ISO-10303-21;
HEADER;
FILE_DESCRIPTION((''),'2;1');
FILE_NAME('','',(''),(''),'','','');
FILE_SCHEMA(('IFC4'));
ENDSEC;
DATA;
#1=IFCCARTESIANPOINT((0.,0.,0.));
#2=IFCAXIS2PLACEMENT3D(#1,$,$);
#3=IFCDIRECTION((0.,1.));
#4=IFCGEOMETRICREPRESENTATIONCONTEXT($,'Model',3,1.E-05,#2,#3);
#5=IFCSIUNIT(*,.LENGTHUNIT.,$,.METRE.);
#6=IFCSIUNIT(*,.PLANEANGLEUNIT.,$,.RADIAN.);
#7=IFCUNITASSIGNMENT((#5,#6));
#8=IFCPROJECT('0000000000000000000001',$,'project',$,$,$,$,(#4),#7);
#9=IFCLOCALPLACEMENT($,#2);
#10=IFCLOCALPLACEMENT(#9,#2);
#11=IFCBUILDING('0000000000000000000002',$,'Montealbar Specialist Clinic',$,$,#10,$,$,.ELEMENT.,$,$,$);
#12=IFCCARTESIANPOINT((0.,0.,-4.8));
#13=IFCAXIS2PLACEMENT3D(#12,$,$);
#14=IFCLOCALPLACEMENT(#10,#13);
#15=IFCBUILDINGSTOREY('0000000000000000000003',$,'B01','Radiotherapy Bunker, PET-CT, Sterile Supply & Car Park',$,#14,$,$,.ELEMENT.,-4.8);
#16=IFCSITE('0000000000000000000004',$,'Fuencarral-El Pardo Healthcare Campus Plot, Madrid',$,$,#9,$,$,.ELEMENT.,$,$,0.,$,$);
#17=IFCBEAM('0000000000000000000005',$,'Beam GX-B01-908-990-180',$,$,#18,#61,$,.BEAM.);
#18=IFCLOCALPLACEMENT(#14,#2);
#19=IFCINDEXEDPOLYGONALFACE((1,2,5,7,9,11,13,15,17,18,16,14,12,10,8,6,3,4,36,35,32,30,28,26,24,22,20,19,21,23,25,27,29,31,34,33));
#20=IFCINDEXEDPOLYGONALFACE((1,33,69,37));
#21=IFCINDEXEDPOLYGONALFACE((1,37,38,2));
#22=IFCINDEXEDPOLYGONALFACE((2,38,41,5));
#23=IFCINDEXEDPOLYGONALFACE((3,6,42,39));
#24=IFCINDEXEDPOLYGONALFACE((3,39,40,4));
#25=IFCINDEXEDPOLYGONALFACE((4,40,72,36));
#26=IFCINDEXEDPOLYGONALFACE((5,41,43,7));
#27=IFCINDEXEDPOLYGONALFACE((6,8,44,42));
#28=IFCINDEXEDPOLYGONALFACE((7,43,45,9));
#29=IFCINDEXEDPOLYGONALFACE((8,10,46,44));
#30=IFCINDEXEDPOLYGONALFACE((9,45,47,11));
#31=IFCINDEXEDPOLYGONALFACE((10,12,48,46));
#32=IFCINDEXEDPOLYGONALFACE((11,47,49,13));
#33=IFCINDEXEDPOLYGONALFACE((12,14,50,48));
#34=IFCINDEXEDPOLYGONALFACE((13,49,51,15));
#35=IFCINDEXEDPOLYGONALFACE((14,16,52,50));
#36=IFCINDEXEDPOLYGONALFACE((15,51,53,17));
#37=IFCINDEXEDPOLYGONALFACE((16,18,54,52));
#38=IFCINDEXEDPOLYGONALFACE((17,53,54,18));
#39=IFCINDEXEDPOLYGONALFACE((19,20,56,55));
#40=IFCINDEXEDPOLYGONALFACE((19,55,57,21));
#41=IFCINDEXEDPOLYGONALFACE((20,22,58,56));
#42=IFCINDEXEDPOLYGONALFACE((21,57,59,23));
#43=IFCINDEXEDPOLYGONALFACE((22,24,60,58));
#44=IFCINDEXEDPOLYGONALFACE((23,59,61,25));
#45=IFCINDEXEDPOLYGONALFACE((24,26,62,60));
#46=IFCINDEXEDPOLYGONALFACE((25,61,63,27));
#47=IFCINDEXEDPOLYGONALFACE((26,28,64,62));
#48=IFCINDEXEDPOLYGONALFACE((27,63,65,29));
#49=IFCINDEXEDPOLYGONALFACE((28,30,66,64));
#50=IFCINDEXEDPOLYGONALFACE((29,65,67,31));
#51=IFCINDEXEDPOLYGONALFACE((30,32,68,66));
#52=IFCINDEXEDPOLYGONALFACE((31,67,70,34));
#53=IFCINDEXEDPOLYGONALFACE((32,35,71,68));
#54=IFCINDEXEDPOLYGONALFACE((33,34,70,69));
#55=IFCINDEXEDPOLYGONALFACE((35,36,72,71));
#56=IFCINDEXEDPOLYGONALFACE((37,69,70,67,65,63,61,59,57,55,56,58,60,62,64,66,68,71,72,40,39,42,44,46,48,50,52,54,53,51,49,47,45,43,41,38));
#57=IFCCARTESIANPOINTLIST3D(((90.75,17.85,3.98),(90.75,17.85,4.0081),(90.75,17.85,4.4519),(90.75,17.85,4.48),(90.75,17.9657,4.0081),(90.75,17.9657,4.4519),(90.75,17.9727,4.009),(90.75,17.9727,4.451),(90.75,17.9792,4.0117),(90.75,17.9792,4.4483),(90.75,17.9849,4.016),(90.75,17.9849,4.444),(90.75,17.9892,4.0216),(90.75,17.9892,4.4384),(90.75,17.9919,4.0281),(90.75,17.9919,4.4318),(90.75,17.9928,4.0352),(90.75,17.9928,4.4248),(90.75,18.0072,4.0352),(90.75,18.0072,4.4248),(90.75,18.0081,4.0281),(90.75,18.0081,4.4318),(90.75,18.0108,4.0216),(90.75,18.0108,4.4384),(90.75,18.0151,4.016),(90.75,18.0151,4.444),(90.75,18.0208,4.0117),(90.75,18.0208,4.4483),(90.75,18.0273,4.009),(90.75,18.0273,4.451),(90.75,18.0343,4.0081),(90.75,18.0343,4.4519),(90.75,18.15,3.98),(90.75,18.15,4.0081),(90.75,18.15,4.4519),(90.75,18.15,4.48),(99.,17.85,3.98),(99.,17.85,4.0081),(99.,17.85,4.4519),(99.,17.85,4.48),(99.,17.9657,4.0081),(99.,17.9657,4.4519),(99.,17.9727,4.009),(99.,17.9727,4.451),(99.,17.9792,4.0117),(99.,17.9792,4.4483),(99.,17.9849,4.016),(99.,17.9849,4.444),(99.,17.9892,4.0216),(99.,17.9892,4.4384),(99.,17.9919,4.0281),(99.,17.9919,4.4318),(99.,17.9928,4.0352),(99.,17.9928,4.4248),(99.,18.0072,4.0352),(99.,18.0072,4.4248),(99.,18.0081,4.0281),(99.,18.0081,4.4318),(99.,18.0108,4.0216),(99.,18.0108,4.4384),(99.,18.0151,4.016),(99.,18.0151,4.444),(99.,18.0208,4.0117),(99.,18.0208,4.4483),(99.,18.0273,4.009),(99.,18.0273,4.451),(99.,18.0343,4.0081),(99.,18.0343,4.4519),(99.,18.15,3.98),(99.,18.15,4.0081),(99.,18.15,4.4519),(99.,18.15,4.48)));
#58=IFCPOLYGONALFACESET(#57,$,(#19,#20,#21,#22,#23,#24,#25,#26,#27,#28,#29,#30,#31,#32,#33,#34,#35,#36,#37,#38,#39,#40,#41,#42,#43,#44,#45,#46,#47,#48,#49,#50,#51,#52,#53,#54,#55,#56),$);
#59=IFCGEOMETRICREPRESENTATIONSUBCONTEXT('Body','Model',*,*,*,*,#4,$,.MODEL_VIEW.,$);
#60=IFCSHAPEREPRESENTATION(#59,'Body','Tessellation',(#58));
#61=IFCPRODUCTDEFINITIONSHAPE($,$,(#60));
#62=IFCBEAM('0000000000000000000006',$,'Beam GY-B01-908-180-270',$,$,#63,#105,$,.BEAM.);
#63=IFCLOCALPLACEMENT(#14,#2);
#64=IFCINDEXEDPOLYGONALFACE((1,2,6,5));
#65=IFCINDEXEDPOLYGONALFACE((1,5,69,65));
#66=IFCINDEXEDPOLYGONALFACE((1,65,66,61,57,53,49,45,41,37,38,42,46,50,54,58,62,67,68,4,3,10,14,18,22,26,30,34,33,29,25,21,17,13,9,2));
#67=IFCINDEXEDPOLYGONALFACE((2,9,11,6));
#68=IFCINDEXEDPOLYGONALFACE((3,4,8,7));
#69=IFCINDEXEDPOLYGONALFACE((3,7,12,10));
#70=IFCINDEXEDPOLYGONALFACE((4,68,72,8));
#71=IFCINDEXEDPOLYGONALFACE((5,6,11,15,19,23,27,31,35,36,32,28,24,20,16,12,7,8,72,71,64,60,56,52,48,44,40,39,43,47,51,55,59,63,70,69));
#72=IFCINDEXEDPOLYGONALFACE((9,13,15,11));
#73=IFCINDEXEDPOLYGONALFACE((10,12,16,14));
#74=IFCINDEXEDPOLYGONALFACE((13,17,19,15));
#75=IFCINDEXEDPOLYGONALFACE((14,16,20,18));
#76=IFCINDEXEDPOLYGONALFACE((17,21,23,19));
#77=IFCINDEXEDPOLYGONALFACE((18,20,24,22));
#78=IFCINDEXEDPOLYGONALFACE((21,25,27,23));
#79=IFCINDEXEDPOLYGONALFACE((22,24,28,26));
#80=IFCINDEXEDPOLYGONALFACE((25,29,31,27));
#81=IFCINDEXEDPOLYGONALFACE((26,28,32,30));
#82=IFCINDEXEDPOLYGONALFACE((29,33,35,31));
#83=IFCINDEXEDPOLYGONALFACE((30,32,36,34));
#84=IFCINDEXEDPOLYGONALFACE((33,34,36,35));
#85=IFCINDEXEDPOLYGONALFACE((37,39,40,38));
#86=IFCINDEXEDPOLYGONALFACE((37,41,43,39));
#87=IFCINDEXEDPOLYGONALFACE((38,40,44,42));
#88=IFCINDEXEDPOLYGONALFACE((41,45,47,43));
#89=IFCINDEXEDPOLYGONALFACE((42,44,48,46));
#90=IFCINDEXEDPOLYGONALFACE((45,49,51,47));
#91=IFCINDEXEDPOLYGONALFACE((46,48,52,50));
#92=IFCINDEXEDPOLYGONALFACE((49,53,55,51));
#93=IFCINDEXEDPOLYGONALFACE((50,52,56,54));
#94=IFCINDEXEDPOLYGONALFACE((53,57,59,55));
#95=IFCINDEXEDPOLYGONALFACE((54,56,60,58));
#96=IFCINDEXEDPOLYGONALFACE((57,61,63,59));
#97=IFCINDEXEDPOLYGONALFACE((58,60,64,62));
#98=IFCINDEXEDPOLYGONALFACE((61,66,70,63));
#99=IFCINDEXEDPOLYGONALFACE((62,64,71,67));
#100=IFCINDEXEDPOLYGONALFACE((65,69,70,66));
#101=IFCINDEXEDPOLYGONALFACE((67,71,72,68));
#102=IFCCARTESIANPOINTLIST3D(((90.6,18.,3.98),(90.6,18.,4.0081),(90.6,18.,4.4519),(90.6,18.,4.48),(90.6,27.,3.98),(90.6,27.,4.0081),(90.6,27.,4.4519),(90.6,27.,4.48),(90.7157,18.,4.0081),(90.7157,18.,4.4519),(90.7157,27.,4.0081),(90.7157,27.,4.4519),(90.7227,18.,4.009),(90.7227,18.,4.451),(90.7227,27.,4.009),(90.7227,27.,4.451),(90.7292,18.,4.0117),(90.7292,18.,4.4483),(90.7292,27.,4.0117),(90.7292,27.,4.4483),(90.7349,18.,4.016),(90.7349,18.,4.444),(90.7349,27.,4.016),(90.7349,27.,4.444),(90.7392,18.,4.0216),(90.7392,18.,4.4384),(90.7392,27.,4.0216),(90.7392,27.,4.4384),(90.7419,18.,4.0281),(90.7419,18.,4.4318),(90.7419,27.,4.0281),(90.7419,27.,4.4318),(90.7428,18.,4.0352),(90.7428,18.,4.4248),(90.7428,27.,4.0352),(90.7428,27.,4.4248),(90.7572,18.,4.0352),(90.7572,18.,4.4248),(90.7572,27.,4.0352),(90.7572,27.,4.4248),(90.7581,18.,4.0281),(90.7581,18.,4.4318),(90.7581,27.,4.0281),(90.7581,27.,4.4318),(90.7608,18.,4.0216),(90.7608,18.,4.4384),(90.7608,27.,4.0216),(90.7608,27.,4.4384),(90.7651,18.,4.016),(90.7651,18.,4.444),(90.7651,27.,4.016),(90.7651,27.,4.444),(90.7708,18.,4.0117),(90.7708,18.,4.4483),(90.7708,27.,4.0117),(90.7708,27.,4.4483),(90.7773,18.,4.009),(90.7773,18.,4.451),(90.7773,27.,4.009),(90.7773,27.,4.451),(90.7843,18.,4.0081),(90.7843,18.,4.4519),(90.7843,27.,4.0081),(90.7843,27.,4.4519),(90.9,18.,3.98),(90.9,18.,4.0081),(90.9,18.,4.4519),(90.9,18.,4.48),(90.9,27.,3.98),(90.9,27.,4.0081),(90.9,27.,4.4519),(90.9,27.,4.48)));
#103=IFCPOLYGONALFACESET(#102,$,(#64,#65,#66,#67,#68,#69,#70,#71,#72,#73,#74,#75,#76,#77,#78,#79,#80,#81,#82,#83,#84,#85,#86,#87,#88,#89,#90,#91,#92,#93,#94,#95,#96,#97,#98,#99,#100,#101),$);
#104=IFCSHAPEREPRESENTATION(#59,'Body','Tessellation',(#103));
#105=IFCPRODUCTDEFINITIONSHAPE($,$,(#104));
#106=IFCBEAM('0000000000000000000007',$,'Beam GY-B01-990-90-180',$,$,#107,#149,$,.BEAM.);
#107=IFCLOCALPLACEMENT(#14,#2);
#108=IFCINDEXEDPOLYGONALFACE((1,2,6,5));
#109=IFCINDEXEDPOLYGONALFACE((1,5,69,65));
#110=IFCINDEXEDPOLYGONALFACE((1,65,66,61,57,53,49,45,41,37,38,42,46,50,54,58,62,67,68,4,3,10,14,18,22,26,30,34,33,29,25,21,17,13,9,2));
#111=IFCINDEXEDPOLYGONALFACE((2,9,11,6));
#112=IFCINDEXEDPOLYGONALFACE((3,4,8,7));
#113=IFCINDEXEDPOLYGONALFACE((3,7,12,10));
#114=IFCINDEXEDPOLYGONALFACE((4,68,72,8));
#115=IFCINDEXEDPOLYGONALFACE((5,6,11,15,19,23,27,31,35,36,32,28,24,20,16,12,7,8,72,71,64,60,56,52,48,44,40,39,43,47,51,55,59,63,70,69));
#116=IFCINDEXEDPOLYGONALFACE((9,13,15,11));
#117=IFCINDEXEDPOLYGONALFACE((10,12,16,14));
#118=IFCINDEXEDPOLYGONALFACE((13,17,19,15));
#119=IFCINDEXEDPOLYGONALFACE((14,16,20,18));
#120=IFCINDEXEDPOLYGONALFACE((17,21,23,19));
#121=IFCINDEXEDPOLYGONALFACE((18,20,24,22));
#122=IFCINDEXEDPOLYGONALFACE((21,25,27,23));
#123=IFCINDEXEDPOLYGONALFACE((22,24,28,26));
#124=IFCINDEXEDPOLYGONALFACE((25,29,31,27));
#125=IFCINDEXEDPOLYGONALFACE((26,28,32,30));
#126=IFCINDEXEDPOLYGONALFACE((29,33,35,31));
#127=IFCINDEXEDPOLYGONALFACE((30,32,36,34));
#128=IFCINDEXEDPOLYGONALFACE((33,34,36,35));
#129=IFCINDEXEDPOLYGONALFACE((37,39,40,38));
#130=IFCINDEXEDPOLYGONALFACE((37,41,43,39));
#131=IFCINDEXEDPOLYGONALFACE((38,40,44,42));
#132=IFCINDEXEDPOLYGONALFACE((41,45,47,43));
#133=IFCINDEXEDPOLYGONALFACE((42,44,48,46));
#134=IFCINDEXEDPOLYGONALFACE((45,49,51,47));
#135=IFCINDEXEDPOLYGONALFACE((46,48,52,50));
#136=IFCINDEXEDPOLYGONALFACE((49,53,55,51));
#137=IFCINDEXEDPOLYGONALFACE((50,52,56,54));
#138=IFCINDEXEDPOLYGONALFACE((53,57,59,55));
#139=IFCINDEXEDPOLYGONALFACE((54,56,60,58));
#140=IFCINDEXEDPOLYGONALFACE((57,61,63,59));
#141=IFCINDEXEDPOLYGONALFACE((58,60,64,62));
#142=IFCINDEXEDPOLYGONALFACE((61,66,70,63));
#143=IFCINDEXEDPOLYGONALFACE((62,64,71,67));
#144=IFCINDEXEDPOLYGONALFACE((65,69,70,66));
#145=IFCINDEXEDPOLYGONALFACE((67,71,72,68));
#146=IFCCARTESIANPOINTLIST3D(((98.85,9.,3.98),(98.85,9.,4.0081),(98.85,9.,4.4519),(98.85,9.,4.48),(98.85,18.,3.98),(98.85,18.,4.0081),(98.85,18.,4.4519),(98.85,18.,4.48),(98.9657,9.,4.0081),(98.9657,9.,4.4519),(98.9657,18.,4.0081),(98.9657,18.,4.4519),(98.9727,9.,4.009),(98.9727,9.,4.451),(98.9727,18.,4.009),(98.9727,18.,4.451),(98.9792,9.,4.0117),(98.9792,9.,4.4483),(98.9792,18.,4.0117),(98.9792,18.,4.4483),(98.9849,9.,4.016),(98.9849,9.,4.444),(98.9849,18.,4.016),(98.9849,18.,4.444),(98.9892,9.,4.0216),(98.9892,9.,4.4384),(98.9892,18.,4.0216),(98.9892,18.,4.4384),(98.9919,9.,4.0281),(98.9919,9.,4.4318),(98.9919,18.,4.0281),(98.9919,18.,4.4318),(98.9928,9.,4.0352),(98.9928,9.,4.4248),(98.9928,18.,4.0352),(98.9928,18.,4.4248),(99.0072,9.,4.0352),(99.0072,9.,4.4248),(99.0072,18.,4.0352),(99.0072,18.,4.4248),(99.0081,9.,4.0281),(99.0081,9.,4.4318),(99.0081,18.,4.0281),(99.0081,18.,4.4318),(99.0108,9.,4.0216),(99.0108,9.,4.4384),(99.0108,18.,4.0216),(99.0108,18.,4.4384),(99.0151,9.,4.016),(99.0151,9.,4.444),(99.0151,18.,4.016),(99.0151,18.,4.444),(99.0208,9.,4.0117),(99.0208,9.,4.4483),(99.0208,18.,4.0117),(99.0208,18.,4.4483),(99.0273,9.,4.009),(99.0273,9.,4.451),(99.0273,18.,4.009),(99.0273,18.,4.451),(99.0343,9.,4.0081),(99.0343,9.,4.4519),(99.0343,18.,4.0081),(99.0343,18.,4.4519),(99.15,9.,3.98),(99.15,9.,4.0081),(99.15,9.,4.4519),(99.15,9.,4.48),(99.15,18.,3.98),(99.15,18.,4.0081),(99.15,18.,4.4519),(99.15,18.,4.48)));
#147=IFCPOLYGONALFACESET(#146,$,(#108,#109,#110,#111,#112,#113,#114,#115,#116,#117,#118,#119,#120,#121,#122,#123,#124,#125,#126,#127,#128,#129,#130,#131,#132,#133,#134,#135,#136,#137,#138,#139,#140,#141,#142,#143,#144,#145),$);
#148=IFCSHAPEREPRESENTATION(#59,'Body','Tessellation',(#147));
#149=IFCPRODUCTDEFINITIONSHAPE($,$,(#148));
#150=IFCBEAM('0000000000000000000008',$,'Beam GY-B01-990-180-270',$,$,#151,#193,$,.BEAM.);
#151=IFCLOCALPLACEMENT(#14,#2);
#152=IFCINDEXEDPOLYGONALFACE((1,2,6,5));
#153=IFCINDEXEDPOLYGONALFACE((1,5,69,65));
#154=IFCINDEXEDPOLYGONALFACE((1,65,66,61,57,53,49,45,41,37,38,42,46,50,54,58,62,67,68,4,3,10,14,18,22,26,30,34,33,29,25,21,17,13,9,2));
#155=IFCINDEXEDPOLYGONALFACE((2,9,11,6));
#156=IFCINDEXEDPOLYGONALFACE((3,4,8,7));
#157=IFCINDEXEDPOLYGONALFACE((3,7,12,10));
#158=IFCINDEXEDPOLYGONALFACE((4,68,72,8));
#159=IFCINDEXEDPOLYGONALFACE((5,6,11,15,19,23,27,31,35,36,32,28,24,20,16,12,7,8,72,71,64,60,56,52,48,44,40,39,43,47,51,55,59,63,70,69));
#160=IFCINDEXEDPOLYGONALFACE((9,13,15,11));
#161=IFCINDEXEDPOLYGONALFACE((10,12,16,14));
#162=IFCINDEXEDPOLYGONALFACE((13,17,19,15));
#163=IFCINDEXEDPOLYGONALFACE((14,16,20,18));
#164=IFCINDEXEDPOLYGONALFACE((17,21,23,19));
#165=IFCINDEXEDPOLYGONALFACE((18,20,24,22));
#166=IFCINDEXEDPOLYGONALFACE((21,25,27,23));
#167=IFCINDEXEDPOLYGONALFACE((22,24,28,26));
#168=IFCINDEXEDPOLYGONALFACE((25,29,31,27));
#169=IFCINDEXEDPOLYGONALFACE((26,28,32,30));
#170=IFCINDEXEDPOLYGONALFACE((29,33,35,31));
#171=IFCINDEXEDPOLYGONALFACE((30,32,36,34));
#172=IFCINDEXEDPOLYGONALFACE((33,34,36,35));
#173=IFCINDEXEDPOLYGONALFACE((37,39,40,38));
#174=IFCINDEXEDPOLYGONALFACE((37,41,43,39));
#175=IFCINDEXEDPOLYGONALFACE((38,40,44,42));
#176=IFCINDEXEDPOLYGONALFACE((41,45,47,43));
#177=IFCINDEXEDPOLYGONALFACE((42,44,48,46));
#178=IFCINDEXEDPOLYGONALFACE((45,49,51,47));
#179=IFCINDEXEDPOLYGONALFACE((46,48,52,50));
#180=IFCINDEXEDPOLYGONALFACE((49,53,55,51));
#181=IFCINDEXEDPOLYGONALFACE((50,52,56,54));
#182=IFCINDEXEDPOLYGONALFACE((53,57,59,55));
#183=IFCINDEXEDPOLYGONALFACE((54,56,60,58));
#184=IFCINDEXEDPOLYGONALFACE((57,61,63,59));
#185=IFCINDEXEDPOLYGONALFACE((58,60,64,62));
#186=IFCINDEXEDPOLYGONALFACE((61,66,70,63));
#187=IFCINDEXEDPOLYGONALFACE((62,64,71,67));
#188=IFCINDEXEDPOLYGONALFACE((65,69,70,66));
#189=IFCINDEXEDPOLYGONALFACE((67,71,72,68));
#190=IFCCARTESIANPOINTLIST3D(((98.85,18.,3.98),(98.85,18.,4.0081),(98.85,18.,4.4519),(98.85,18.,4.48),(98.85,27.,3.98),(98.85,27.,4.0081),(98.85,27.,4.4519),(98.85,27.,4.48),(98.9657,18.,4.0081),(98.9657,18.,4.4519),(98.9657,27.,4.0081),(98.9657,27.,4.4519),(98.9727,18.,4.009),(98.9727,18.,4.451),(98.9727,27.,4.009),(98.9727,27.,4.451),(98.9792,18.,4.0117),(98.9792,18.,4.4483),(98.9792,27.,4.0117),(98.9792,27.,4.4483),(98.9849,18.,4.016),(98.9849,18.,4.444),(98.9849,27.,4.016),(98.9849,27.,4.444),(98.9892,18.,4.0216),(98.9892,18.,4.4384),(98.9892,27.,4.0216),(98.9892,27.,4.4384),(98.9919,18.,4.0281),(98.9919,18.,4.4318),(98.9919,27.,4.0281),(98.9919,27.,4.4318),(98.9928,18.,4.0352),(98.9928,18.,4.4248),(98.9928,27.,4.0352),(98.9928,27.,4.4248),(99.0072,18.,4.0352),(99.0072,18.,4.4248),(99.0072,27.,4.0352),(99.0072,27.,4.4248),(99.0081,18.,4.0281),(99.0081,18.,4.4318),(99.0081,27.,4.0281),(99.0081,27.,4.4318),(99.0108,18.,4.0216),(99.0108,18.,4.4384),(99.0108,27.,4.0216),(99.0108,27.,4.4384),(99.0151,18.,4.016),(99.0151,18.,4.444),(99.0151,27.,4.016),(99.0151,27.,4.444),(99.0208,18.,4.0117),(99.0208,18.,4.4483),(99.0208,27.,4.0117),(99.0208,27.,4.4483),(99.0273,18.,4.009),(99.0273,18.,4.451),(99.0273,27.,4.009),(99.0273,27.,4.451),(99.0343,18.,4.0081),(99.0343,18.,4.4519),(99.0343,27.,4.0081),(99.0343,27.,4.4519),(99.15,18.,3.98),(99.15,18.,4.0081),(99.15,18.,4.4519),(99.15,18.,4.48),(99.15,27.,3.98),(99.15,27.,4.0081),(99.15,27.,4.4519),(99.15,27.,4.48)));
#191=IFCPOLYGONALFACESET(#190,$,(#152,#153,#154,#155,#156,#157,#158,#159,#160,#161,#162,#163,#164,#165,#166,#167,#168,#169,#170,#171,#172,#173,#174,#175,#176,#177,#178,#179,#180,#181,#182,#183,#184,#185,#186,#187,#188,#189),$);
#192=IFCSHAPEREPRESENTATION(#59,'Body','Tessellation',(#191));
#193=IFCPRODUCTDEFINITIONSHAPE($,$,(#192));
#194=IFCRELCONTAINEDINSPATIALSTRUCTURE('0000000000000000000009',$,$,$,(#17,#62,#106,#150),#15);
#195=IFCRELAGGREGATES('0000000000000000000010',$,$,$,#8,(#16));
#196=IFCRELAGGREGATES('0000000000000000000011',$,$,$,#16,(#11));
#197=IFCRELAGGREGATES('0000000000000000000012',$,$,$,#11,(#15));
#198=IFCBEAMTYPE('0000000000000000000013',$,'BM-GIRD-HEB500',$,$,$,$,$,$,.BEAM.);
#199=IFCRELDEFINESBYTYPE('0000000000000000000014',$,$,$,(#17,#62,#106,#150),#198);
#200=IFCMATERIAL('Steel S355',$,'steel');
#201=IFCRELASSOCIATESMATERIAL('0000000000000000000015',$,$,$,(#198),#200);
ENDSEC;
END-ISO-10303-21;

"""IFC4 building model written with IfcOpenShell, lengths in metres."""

from ifc_helpers import new_model, si_unit, direction, frame, origin, origin_2d, place, context, subcontext, project, spatial, i_section, extrude, material, material_profile, profile_set, type_object, element, save


model = new_model("IFC4")

# Units and contexts
model_context = context("Model", 3, precision=1e-05, world=origin(), true_north=direction((0.0, 1.0)))
body_context = subcontext(model_context, "Body", "Model", "MODEL_VIEW")
ifc_project = project(units=[si_unit("LENGTHUNIT", "METRE"), si_unit("PLANEANGLEUNIT", "RADIAN")], contexts=[model_context])

# Site, building, storey
site_placement = place(None, origin())
site = spatial("IfcSite", under=ifc_project, at=site_placement, Name="Fuencarral-El Pardo Healthcare Campus Plot, Madrid", CompositionType="ELEMENT", RefElevation=0.0)
building_placement = place(site_placement, origin())
building = spatial("IfcBuilding", under=site, at=building_placement, Name="Montealbar Specialist Clinic", CompositionType="ELEMENT")
storey_placement = place(building_placement, frame((0.0, 0.0, -4.8)))
storey = spatial("IfcBuildingStorey", under=building, at=storey_placement, Name="B01", Description="Radiotherapy Bunker, PET-CT, Sterile Supply & Car Park", CompositionType="ELEMENT", Elevation=-4.8)

# Shared definitions
ifc_material_1 = material(Name="Steel S355", Category="steel")

# Beams
ifc_material_profile_1 = material_profile(ifc_material_1, i_section(OverallWidth=0.3, OverallDepth=0.5, WebThickness=0.0144, FlangeThickness=0.0281, FilletRadius=0.0271, at=origin_2d()), Name="HEB 500", Category="steel")
ifc_profile_set_1 = profile_set([ifc_material_profile_1], Name="Steel S355")
beam_type_1 = type_object("IfcBeamType", Name="BM-GIRD-HEB500", PredefinedType="BEAM", material=ifc_profile_set_1)
beam_1_placement = place(storey_placement, frame((90.75, 18.0, 4.23), z_axis=(1.0, 0.0, 0.0), x_axis=(0.0, 1.0, 0.0)))
element("IfcBeam", 1, at=beam_1_placement, inside=storey, type_object=beam_type_1, Name="Beam GX-B01-908-990-180", PredefinedType="BEAM", context=body_context, shape_type="SweptSolid", body=[
    extrude(i_section(OverallWidth=0.3, OverallDepth=0.5, WebThickness=0.0144, FlangeThickness=0.0281, FilletRadius=0.0271, at=origin_2d()), origin(), (0.0, 0.0, 1.0), 8.25),
])
for number, where, z_axis, x_axis, name in (
    (2, (90.75, 18.0, 4.23), (0.0, 1.0, 0.0), (-1.0, 0.0, 0.0), "Beam GY-B01-908-180-270"),
    (3, (99.0, 9.0, 4.23), (0.0, 1.0, 0.0), (-1.0, 0.0, 0.0), "Beam GY-B01-990-90-180"),
    (4, (99.0, 18.0, 4.23), (0.0, 1.0, 0.0), (-1.0, 0.0, 0.0), "Beam GY-B01-990-180-270"),
):
    element("IfcBeam", number, at=place(storey_placement, frame(where, z_axis=z_axis, x_axis=x_axis)), inside=storey, type_object=beam_type_1, Name=name, PredefinedType="BEAM", context=body_context, shape_type="SweptSolid", body=[
        extrude(i_section(OverallWidth=0.3, OverallDepth=0.5, WebThickness=0.0144, FlangeThickness=0.0281, FilletRadius=0.0271, at=origin_2d()), origin(), (0.0, 0.0, 1.0), 9.0),
    ])

save(model, "model.ifc")
